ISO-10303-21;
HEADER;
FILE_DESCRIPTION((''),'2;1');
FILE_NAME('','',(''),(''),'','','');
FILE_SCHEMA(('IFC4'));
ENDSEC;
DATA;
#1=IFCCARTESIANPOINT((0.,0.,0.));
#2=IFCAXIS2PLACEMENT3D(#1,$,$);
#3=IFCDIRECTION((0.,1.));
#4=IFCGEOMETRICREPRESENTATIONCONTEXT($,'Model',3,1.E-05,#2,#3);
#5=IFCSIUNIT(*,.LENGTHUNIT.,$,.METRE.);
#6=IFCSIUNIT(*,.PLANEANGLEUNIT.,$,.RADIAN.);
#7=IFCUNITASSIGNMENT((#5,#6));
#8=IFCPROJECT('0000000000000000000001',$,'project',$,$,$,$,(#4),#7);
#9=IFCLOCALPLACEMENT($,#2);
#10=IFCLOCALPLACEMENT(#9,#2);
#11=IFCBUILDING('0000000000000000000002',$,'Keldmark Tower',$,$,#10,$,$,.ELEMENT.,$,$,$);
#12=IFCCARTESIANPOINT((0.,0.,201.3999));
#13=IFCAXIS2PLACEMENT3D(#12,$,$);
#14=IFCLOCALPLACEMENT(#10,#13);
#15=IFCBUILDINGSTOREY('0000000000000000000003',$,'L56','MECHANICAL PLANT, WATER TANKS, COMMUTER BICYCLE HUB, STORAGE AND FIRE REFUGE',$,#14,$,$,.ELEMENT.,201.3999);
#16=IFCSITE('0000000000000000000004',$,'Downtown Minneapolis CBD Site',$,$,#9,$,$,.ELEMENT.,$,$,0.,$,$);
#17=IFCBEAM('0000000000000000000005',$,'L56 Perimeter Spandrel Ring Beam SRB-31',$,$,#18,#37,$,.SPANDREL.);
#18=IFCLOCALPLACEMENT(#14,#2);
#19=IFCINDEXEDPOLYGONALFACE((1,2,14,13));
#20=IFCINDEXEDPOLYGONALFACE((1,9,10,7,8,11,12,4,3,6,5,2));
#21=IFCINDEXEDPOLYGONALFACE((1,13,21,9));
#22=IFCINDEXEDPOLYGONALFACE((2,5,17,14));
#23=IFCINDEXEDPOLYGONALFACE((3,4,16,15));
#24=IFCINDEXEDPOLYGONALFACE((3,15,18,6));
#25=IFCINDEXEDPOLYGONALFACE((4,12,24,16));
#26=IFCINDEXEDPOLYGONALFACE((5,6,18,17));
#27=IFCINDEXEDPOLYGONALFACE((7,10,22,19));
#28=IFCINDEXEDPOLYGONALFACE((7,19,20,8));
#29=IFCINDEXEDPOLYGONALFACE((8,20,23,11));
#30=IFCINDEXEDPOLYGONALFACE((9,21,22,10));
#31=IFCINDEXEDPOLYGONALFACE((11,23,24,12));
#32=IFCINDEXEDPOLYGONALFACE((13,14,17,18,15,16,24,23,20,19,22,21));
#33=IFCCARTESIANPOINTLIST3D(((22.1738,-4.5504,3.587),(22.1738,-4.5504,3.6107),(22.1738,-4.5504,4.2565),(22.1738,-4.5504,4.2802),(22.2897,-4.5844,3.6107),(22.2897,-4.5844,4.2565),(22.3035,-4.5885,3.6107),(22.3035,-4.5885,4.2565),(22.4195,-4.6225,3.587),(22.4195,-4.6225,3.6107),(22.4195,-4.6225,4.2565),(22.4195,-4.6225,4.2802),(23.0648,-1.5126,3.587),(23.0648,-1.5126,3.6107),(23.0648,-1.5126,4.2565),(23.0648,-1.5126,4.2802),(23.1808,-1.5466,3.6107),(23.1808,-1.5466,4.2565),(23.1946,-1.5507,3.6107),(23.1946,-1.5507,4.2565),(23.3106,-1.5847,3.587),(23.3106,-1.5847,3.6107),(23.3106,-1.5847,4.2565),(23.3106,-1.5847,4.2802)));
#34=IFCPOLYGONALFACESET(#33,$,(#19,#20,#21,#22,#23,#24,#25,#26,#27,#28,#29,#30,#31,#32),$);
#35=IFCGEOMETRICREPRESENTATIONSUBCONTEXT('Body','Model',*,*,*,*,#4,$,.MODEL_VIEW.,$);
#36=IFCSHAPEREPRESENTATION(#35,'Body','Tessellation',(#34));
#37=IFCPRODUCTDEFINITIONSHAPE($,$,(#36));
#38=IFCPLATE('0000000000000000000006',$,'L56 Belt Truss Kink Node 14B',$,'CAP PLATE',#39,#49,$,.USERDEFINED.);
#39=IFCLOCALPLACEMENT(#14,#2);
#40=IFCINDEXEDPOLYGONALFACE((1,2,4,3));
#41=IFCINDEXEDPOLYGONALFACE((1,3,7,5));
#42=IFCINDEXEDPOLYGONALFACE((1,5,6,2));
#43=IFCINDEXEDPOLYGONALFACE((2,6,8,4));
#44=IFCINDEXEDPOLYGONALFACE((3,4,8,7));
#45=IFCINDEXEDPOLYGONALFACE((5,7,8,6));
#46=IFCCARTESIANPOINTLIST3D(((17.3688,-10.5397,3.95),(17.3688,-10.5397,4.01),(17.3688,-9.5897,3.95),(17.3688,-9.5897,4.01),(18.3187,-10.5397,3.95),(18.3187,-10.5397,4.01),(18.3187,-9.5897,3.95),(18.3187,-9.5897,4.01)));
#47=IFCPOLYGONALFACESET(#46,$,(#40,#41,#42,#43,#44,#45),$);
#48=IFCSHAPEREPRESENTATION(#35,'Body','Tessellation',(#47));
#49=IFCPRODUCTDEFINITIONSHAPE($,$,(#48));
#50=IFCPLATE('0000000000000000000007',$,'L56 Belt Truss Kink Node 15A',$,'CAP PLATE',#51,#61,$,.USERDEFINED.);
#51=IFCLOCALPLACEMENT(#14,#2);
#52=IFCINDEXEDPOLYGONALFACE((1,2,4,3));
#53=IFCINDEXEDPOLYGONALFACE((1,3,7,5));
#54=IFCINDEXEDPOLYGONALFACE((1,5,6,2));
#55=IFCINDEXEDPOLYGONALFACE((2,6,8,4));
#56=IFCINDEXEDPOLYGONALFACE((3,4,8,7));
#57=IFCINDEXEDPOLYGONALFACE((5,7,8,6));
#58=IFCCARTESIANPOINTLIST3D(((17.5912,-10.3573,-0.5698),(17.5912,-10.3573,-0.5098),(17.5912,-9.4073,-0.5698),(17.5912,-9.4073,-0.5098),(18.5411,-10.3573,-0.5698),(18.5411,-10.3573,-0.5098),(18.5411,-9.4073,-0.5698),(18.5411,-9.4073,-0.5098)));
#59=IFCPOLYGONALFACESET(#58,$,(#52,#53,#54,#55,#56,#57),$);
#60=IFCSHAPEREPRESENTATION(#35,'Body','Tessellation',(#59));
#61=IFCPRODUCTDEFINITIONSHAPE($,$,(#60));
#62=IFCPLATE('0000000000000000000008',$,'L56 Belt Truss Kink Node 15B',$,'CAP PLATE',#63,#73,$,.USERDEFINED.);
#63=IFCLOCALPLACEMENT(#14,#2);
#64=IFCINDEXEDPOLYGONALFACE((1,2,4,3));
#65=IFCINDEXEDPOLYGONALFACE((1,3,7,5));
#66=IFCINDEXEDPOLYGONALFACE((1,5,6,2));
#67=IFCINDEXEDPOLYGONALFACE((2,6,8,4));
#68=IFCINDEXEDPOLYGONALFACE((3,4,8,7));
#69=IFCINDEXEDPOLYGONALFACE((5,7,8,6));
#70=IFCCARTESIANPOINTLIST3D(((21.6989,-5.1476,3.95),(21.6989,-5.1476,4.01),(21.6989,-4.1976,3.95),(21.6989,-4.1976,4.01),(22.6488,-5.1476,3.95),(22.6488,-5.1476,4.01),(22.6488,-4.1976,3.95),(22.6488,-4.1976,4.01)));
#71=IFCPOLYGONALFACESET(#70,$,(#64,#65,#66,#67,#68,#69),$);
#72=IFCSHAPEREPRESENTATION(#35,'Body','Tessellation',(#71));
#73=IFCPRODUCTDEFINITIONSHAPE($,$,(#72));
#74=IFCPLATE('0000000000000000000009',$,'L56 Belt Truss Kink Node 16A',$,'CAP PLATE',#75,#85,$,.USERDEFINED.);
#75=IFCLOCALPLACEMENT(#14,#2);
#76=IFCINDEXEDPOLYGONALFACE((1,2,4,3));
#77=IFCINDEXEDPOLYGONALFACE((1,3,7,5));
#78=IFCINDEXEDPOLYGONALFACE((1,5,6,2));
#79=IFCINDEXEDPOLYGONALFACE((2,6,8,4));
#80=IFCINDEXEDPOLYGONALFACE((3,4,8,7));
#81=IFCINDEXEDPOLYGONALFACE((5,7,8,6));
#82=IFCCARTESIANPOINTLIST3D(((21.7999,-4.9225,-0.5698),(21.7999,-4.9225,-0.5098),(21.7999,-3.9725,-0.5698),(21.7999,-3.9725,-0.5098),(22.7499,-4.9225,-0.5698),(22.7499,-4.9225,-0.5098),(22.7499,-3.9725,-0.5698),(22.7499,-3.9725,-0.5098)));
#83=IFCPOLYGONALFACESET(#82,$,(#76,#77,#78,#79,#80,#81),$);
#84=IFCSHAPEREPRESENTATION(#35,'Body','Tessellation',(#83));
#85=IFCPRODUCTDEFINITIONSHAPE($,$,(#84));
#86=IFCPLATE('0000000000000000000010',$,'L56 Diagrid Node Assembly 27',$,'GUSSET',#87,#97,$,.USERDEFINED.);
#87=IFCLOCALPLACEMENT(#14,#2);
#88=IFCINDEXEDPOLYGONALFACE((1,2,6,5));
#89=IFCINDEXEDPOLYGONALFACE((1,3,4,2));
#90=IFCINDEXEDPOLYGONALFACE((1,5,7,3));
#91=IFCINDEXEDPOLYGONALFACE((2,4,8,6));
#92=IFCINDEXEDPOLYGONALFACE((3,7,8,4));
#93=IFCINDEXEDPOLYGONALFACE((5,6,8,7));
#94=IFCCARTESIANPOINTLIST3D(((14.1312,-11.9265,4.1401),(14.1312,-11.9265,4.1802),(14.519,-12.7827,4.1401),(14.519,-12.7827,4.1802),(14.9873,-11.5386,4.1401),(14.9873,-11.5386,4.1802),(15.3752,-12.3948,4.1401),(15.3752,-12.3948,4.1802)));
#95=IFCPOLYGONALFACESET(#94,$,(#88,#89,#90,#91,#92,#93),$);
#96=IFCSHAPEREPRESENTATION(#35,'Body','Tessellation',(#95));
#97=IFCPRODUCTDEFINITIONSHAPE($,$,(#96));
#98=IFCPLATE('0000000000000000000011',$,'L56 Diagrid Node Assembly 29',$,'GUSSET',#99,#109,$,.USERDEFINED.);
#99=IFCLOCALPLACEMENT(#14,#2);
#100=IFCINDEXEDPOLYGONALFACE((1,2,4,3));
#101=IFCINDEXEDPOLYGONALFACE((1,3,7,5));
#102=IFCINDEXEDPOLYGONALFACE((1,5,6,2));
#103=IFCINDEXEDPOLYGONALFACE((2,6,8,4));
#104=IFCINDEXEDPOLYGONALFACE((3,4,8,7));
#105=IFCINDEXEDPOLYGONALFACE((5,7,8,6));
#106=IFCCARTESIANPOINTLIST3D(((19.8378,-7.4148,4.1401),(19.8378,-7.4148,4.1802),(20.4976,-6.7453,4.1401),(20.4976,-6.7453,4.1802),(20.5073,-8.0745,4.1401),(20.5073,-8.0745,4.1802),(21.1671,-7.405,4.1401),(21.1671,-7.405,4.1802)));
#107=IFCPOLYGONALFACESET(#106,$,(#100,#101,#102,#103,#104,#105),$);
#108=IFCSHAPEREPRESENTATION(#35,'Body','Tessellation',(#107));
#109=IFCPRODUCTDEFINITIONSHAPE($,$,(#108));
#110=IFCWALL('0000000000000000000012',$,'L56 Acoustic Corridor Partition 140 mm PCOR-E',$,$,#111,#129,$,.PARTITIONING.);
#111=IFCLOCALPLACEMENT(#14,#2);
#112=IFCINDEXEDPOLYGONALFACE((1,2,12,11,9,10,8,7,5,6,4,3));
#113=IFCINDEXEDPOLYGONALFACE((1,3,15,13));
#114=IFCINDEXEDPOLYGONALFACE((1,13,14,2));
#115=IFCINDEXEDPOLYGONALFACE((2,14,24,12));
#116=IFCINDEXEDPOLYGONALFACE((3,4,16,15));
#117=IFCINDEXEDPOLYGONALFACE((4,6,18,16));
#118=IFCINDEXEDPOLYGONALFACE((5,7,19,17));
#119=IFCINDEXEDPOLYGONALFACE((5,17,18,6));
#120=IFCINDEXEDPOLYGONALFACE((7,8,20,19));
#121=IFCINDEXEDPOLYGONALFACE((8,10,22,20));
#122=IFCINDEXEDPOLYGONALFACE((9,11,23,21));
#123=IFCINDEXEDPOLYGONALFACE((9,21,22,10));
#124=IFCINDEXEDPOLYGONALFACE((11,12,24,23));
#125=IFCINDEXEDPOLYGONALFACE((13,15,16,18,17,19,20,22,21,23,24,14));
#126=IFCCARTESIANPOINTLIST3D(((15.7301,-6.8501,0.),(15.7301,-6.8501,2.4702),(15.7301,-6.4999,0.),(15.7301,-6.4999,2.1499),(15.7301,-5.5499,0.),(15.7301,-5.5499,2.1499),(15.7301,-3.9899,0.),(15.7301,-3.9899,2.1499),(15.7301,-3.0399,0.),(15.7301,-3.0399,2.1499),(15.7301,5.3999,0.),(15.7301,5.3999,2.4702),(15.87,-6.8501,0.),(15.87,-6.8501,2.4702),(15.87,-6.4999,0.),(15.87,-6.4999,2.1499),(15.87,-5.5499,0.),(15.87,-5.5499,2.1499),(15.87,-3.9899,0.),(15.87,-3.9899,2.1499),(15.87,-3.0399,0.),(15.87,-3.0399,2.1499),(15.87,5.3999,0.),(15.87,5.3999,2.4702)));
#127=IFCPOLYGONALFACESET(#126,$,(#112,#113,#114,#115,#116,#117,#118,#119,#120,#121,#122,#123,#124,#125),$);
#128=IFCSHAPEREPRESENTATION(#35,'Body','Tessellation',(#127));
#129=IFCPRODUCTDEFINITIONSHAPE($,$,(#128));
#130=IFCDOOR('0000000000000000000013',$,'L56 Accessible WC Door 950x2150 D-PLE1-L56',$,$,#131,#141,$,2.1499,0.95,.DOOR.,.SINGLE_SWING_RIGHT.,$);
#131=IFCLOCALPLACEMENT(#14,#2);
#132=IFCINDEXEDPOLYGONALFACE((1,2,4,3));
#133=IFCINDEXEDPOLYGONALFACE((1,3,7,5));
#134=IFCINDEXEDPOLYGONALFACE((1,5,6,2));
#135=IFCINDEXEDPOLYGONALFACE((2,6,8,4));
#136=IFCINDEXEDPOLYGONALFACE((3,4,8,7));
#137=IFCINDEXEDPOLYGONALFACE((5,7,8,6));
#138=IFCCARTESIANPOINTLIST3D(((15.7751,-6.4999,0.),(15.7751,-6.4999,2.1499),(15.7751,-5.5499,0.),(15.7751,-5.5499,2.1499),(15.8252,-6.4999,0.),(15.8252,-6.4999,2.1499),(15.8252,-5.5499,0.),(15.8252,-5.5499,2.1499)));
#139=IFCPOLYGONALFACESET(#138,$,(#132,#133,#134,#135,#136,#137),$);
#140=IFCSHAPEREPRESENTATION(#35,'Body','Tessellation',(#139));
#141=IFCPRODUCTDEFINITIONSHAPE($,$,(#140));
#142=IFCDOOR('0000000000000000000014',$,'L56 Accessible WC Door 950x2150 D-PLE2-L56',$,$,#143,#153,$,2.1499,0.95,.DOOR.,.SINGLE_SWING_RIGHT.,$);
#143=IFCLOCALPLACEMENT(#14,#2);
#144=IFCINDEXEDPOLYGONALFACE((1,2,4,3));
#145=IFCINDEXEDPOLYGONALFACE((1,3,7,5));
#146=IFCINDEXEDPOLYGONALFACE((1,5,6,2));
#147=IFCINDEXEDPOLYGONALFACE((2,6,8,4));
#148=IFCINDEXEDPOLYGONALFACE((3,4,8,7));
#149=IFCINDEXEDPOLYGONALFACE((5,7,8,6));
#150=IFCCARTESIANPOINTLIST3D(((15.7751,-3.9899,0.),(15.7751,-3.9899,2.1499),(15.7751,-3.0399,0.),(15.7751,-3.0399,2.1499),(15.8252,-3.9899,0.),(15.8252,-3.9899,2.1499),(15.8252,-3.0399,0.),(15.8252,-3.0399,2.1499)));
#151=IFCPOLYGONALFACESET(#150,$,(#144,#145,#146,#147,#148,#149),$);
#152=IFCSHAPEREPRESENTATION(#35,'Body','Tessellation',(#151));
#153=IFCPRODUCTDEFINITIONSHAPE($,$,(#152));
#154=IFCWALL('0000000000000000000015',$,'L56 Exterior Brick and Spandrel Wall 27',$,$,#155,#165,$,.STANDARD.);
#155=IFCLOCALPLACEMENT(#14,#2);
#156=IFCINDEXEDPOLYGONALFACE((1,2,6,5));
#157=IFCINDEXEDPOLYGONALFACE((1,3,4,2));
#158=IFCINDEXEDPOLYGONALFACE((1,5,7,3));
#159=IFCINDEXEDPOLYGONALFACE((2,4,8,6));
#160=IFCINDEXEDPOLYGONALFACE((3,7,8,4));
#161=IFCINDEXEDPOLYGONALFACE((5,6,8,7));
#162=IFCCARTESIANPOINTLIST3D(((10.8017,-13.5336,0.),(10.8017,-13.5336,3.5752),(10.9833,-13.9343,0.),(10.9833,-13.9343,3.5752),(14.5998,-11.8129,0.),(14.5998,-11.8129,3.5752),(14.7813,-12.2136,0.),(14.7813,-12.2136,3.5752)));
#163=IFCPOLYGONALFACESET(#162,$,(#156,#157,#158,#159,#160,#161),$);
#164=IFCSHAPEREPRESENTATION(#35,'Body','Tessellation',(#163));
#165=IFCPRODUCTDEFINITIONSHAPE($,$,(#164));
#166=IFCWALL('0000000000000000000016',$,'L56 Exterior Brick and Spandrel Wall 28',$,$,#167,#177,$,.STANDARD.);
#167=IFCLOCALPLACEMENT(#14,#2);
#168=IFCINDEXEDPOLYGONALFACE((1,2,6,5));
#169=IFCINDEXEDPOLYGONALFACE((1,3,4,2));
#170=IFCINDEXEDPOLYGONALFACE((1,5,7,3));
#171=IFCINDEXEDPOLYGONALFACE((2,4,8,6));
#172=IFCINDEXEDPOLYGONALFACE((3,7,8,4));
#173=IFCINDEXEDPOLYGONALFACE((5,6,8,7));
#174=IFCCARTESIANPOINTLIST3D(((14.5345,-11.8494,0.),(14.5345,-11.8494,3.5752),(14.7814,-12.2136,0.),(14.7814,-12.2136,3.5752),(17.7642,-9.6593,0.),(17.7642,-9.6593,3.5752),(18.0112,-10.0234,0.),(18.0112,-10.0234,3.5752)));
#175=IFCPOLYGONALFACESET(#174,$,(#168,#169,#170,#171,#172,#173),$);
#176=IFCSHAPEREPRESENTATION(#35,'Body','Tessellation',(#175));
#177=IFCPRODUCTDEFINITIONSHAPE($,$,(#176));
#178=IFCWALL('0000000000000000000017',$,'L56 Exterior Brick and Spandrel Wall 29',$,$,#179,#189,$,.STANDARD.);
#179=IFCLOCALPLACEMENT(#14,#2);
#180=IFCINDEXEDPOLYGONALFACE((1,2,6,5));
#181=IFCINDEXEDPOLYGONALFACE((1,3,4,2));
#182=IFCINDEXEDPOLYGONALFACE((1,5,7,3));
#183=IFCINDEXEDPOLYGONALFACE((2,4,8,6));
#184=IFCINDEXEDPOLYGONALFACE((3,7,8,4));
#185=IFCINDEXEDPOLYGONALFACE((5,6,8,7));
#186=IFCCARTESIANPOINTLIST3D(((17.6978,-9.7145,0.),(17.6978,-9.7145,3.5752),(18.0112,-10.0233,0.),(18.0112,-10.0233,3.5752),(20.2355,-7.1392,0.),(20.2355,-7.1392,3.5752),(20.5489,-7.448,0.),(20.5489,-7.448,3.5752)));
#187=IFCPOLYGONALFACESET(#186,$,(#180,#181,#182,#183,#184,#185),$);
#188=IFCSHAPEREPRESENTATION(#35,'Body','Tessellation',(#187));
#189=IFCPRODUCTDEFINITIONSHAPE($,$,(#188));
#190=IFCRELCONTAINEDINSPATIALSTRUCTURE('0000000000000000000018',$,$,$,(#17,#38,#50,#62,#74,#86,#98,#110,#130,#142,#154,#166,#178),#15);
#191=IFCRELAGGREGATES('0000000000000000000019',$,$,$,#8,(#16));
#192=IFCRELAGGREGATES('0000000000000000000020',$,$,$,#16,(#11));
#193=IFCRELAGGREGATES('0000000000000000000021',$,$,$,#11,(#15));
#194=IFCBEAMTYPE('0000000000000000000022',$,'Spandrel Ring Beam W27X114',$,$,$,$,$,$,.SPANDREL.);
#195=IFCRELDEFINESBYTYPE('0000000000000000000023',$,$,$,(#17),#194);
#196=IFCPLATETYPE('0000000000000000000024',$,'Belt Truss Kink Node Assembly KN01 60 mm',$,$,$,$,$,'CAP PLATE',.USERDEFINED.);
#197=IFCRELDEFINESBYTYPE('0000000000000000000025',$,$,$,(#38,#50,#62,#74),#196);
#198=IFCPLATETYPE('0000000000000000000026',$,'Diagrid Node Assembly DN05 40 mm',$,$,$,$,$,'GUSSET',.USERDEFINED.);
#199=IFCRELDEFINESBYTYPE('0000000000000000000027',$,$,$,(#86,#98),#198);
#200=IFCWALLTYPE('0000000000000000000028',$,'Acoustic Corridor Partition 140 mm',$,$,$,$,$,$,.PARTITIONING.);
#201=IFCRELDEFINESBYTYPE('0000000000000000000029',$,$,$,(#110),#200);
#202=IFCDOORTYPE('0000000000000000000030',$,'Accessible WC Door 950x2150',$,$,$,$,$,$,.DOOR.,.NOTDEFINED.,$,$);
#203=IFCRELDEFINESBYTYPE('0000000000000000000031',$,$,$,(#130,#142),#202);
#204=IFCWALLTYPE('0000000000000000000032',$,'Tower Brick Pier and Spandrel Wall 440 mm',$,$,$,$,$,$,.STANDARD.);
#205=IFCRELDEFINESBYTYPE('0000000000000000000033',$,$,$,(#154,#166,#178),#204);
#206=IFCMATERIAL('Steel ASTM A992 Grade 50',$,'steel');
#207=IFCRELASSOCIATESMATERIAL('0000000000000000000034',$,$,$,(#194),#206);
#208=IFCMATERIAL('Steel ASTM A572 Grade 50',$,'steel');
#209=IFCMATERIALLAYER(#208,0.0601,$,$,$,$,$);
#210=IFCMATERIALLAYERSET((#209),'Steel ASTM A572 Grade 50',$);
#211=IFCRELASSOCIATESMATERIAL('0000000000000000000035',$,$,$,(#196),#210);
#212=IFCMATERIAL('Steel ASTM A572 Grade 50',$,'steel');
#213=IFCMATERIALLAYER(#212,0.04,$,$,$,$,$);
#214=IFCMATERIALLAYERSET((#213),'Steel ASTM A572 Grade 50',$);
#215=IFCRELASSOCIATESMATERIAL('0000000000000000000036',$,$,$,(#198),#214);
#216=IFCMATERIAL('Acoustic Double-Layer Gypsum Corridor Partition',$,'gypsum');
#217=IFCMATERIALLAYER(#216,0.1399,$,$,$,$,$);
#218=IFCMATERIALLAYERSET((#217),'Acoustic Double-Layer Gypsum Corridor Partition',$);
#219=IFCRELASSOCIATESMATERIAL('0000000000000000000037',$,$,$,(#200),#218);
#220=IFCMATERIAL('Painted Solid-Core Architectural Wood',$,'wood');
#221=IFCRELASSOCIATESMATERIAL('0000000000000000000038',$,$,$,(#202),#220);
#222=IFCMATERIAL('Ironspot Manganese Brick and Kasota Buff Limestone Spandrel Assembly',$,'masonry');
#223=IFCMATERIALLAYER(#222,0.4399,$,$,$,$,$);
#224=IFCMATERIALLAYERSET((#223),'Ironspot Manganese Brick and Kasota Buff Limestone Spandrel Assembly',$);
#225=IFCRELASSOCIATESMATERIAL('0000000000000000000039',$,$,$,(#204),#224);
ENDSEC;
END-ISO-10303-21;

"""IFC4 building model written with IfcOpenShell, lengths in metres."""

from ifc_helpers import new_model, si_unit, direction, frame, frame_2d, origin, origin_2d, place, context, subcontext, project, spatial, rectangle, i_section, extrude, material, layer, layer_set, material_profile, profile_set, type_object, element, fill, save


model = new_model("IFC4")

# Units and contexts
model_context = context("Model", 3, precision=1e-05, world=origin(), true_north=direction((0.0, 1.0)))
body_context = subcontext(model_context, "Body", "Model", "MODEL_VIEW")
ifc_project = project(units=[si_unit("LENGTHUNIT", "METRE"), si_unit("PLANEANGLEUNIT", "RADIAN")], contexts=[model_context])

# Site, building, storey
site_placement = place(None, origin())
site = spatial("IfcSite", under=ifc_project, at=site_placement, Name="Downtown Minneapolis CBD Site", CompositionType="ELEMENT", RefElevation=0.0)
building_placement = place(site_placement, origin())
building = spatial("IfcBuilding", under=site, at=building_placement, Name="Keldmark Tower", CompositionType="ELEMENT")
storey_placement = place(building_placement, frame((0.0, 0.0, 201.3999)))
storey = spatial("IfcBuildingStorey", under=building, at=storey_placement, Name="L56", Description="MECHANICAL PLANT, WATER TANKS, COMMUTER BICYCLE HUB, STORAGE AND FIRE REFUGE", CompositionType="ELEMENT", Elevation=201.3999)

# Beam
ifc_material_1 = material(Name="Steel ASTM A992 Grade 50", Category="steel")
ifc_material_profile_1 = material_profile(ifc_material_1, i_section(OverallWidth=0.2561, OverallDepth=0.6931, WebThickness=0.0144, FlangeThickness=0.0237, at=origin_2d()), Name="W27X114")
ifc_profile_set_1 = profile_set([ifc_material_profile_1], Name="Steel ASTM A992 Grade 50")
beam_type_1 = type_object("IfcBeamType", Name="Spandrel Ring Beam W27X114", PredefinedType="SPANDREL", material=ifc_profile_set_1)
beam_1_placement = place(storey_placement, frame((22.2966, -4.5864, 3.9336), z_axis=(0.281477, 0.959568, 0.0), x_axis=(-0.959568, 0.281477, 0.0)))
element("IfcBeam", 1, at=beam_1_placement, inside=storey, type_object=beam_type_1, Name="L56 Perimeter Spandrel Ring Beam SRB-31", PredefinedType="SPANDREL", context=body_context, shape_type="SweptSolid", body=[
    extrude(i_section(OverallWidth=0.2561, OverallDepth=0.6931, WebThickness=0.0144, FlangeThickness=0.0237, at=origin_2d()), origin(), (0.0, 0.0, 1.0), 3.1658),
])

# Plates
ifc_material_2 = material(Name="Steel ASTM A572 Grade 50", Category="steel")
ifc_layer_1 = layer(ifc_material_2, 0.0601)
ifc_layer_set_1 = layer_set([ifc_layer_1], Name="Steel ASTM A572 Grade 50")
plate_type_1 = type_object("IfcPlateType", Name="Belt Truss Kink Node Assembly KN01 60 mm", ElementType="CAP PLATE", PredefinedType="USERDEFINED", material=ifc_layer_set_1)
for number, where, z_axis, x_axis, name in (
    (2, (17.8438, -10.0647, 3.95), (0.0, 0.0, 1.0), (1.0, 0.0, 0.0), "L56 Belt Truss Kink Node 14B"),
    (3, (18.0662, -9.8823, -0.5698), (0.0, 0.0, 1.0), (1.0, 0.0, 0.0), "L56 Belt Truss Kink Node 15A"),
    (4, (22.1738, -4.6726, 3.95), (0.0, 0.0, 1.0), (1.0, 0.0, 0.0), "L56 Belt Truss Kink Node 15B"),
    (5, (22.2749, -4.4475, -0.5698), (0.0, 0.0, 1.0), (1.0, 0.0, 0.0), "L56 Belt Truss Kink Node 16A"),
):
    element("IfcPlate", number, at=place(storey_placement, frame(where, z_axis=z_axis, x_axis=x_axis)), inside=storey, type_object=plate_type_1, Name=name, ObjectType="CAP PLATE", PredefinedType="USERDEFINED", context=body_context, shape_type="SweptSolid", body=[
        extrude(rectangle(XDim=0.95, YDim=0.95, at=origin_2d()), origin(), (0.0, 0.0, 1.0), 0.0601),
    ])
ifc_material_3 = material(Name="Steel ASTM A572 Grade 50", Category="steel")
ifc_layer_2 = layer(ifc_material_3, 0.04)
ifc_layer_set_2 = layer_set([ifc_layer_2], Name="Steel ASTM A572 Grade 50")
plate_type_2 = type_object("IfcPlateType", Name="Diagrid Node Assembly DN05 40 mm", ElementType="GUSSET", PredefinedType="USERDEFINED", material=ifc_layer_set_2)
for number, where, z_axis, x_axis, name in (
    (6, (14.7532, -12.1606, 4.1401), (0.0, 0.0, 1.0), (0.9109, 0.412628, 0.0), "L56 Diagrid Node Assembly 27"),
    (7, (20.5024, -7.4099, 4.1401), (0.0, 0.0, 1.0), (0.701904, 0.712271, 0.0), "L56 Diagrid Node Assembly 29"),
):
    element("IfcPlate", number, at=place(storey_placement, frame(where, z_axis=z_axis, x_axis=x_axis)), inside=storey, type_object=plate_type_2, Name=name, ObjectType="GUSSET", PredefinedType="USERDEFINED", context=body_context, shape_type="SweptSolid", body=[
        extrude(rectangle(XDim=0.9399, YDim=0.9399, at=origin_2d()), origin(), (0.0, 0.0, 1.0), 0.04),
    ])

# Wall, openings, doors
ifc_material_4 = material(Name="Acoustic Double-Layer Gypsum Corridor Partition", Category="gypsum")
ifc_layer_3 = layer(ifc_material_4, 0.1399)
ifc_layer_set_3 = layer_set([ifc_layer_3], Name="Acoustic Double-Layer Gypsum Corridor Partition")
wall_type_1 = type_object("IfcWallType", Name="Acoustic Corridor Partition 140 mm", PredefinedType="PARTITIONING", material=ifc_layer_set_3)
wall_1_placement = place(storey_placement, frame((15.8, -6.8501, 0.0), z_axis=(0.0, 0.0, 1.0), x_axis=(0.0, 1.0, 0.0)))
wall_1 = element("IfcWall", 8, at=wall_1_placement, inside=storey, type_object=wall_type_1, Name="L56 Acoustic Corridor Partition 140 mm PCOR-E", PredefinedType="PARTITIONING", context=body_context, shape_type="SweptSolid", body=[
    extrude(rectangle(XDim=12.25, YDim=0.1399, at=frame_2d((6.125, 0.0))), origin(), (0.0, 0.0, 1.0), 2.4702),
])
opening_1_placement = place(wall_1_placement, frame((0.3501, 0.0, 0.0)))
opening_1 = element("IfcOpeningElement", 9, at=opening_1_placement, cuts=wall_1, PredefinedType="OPENING", context=body_context, shape_type="SweptSolid", body=[
    extrude(rectangle(XDim=0.95, YDim=2.1499, at=frame_2d((0.4751, 1.075))), frame((0.0, 0.0798, 0.0), z_axis=(0.0, -1.0, 0.0), x_axis=(1.0, 0.0, 0.0)), (0.0, 0.0, 1.0), 0.1599),
])
opening_2_placement = place(wall_1_placement, frame((2.8601, 0.0, 0.0)))
opening_2 = element("IfcOpeningElement", 10, at=opening_2_placement, cuts=wall_1, PredefinedType="OPENING", context=body_context, shape_type="SweptSolid", body=[
    extrude(rectangle(XDim=0.95, YDim=2.1499, at=frame_2d((0.4751, 1.075))), frame((0.0, 0.0798, 0.0), z_axis=(0.0, -1.0, 0.0), x_axis=(1.0, 0.0, 0.0)), (0.0, 0.0, 1.0), 0.1599),
])
ifc_material_5 = material(Name="Painted Solid-Core Architectural Wood", Category="wood")
door_type = type_object("IfcDoorType", Name="Accessible WC Door 950x2150", OperationType="NOTDEFINED", PredefinedType="DOOR", material=ifc_material_5)
door_1_placement = place(opening_1_placement, origin())
door_1 = element("IfcDoor", 11, at=door_1_placement, inside=storey, type_object=door_type, Name="L56 Accessible WC Door 950x2150 D-PLE1-L56", OperationType="SINGLE_SWING_RIGHT", OverallHeight=2.1499, OverallWidth=0.95, PredefinedType="DOOR", context=body_context, shape_type="SweptSolid", body=[
    extrude(rectangle(XDim=0.95, YDim=2.1499, at=frame_2d((0.4751, 1.075))), frame((0.0, 0.0249, 0.0), z_axis=(0.0, -1.0, 0.0), x_axis=(1.0, 0.0, 0.0)), (0.0, 0.0, 1.0), 0.05),
])
fill(opening_1, door_1)
door_2_placement = place(opening_2_placement, origin())
door_2 = element("IfcDoor", 12, at=door_2_placement, inside=storey, type_object=door_type, Name="L56 Accessible WC Door 950x2150 D-PLE2-L56", OperationType="SINGLE_SWING_RIGHT", OverallHeight=2.1499, OverallWidth=0.95, PredefinedType="DOOR", context=body_context, shape_type="SweptSolid", body=[
    extrude(rectangle(XDim=0.95, YDim=2.1499, at=frame_2d((0.4751, 1.075))), frame((0.0, 0.0249, 0.0), z_axis=(0.0, -1.0, 0.0), x_axis=(1.0, 0.0, 0.0)), (0.0, 0.0, 1.0), 0.05),
])
fill(opening_2, door_2)

# Walls
ifc_material_6 = material(Name="Ironspot Manganese Brick and Kasota Buff Limestone Spandrel Assembly", Category="masonry")
ifc_layer_4 = layer(ifc_material_6, 0.4399)
ifc_layer_set_4 = layer_set([ifc_layer_4], Name="Ironspot Manganese Brick and Kasota Buff Limestone Spandrel Assembly")
wall_type_2 = type_object("IfcWallType", Name="Tower Brick Pier and Spandrel Wall 440 mm", PredefinedType="STANDARD", material=ifc_layer_set_4)
wall_2_placement = place(storey_placement, frame((14.6907, -12.0132, 0.0), z_axis=(0.0, 0.0, 1.0), x_axis=(-0.910881, -0.412669, 0.0)))
element("IfcWall", 13, at=wall_2_placement, inside=storey, type_object=wall_type_2, Name="L56 Exterior Brick and Spandrel Wall 27", PredefinedType="STANDARD", context=body_context, shape_type="SweptSolid", body=[
    extrude(rectangle(XDim=4.1697, YDim=0.4399, at=frame_2d((2.085, 0.0))), origin(), (0.0, 0.0, 1.0), 3.5752),
])
wall_3_placement = place(storey_placement, frame((17.8877, -9.8413, 0.0), z_axis=(0.0, 0.0, 1.0), x_axis=(-0.827645, -0.561252, 0.0)))
element("IfcWall", 14, at=wall_3_placement, inside=storey, type_object=wall_type_2, Name="L56 Exterior Brick and Spandrel Wall 28", PredefinedType="STANDARD", context=body_context, shape_type="SweptSolid", body=[
    extrude(rectangle(XDim=3.9023, YDim=0.4399, at=frame_2d((1.9512, 0.0))), origin(), (0.0, 0.0, 1.0), 3.5752),
])
wall_4_placement = place(storey_placement, frame((20.3921, -7.2937, 0.0), z_axis=(0.0, 0.0, 1.0), x_axis=(-0.701888, -0.712287, 0.0)))
element("IfcWall", 15, at=wall_4_placement, inside=storey, type_object=wall_type_2, Name="L56 Exterior Brick and Spandrel Wall 29", PredefinedType="STANDARD", context=body_context, shape_type="SweptSolid", body=[
    extrude(rectangle(XDim=3.6155, YDim=0.4399, at=frame_2d((1.8076, 0.0))), origin(), (0.0, 0.0, 1.0), 3.5752),
])

save(model, "model.ifc")
